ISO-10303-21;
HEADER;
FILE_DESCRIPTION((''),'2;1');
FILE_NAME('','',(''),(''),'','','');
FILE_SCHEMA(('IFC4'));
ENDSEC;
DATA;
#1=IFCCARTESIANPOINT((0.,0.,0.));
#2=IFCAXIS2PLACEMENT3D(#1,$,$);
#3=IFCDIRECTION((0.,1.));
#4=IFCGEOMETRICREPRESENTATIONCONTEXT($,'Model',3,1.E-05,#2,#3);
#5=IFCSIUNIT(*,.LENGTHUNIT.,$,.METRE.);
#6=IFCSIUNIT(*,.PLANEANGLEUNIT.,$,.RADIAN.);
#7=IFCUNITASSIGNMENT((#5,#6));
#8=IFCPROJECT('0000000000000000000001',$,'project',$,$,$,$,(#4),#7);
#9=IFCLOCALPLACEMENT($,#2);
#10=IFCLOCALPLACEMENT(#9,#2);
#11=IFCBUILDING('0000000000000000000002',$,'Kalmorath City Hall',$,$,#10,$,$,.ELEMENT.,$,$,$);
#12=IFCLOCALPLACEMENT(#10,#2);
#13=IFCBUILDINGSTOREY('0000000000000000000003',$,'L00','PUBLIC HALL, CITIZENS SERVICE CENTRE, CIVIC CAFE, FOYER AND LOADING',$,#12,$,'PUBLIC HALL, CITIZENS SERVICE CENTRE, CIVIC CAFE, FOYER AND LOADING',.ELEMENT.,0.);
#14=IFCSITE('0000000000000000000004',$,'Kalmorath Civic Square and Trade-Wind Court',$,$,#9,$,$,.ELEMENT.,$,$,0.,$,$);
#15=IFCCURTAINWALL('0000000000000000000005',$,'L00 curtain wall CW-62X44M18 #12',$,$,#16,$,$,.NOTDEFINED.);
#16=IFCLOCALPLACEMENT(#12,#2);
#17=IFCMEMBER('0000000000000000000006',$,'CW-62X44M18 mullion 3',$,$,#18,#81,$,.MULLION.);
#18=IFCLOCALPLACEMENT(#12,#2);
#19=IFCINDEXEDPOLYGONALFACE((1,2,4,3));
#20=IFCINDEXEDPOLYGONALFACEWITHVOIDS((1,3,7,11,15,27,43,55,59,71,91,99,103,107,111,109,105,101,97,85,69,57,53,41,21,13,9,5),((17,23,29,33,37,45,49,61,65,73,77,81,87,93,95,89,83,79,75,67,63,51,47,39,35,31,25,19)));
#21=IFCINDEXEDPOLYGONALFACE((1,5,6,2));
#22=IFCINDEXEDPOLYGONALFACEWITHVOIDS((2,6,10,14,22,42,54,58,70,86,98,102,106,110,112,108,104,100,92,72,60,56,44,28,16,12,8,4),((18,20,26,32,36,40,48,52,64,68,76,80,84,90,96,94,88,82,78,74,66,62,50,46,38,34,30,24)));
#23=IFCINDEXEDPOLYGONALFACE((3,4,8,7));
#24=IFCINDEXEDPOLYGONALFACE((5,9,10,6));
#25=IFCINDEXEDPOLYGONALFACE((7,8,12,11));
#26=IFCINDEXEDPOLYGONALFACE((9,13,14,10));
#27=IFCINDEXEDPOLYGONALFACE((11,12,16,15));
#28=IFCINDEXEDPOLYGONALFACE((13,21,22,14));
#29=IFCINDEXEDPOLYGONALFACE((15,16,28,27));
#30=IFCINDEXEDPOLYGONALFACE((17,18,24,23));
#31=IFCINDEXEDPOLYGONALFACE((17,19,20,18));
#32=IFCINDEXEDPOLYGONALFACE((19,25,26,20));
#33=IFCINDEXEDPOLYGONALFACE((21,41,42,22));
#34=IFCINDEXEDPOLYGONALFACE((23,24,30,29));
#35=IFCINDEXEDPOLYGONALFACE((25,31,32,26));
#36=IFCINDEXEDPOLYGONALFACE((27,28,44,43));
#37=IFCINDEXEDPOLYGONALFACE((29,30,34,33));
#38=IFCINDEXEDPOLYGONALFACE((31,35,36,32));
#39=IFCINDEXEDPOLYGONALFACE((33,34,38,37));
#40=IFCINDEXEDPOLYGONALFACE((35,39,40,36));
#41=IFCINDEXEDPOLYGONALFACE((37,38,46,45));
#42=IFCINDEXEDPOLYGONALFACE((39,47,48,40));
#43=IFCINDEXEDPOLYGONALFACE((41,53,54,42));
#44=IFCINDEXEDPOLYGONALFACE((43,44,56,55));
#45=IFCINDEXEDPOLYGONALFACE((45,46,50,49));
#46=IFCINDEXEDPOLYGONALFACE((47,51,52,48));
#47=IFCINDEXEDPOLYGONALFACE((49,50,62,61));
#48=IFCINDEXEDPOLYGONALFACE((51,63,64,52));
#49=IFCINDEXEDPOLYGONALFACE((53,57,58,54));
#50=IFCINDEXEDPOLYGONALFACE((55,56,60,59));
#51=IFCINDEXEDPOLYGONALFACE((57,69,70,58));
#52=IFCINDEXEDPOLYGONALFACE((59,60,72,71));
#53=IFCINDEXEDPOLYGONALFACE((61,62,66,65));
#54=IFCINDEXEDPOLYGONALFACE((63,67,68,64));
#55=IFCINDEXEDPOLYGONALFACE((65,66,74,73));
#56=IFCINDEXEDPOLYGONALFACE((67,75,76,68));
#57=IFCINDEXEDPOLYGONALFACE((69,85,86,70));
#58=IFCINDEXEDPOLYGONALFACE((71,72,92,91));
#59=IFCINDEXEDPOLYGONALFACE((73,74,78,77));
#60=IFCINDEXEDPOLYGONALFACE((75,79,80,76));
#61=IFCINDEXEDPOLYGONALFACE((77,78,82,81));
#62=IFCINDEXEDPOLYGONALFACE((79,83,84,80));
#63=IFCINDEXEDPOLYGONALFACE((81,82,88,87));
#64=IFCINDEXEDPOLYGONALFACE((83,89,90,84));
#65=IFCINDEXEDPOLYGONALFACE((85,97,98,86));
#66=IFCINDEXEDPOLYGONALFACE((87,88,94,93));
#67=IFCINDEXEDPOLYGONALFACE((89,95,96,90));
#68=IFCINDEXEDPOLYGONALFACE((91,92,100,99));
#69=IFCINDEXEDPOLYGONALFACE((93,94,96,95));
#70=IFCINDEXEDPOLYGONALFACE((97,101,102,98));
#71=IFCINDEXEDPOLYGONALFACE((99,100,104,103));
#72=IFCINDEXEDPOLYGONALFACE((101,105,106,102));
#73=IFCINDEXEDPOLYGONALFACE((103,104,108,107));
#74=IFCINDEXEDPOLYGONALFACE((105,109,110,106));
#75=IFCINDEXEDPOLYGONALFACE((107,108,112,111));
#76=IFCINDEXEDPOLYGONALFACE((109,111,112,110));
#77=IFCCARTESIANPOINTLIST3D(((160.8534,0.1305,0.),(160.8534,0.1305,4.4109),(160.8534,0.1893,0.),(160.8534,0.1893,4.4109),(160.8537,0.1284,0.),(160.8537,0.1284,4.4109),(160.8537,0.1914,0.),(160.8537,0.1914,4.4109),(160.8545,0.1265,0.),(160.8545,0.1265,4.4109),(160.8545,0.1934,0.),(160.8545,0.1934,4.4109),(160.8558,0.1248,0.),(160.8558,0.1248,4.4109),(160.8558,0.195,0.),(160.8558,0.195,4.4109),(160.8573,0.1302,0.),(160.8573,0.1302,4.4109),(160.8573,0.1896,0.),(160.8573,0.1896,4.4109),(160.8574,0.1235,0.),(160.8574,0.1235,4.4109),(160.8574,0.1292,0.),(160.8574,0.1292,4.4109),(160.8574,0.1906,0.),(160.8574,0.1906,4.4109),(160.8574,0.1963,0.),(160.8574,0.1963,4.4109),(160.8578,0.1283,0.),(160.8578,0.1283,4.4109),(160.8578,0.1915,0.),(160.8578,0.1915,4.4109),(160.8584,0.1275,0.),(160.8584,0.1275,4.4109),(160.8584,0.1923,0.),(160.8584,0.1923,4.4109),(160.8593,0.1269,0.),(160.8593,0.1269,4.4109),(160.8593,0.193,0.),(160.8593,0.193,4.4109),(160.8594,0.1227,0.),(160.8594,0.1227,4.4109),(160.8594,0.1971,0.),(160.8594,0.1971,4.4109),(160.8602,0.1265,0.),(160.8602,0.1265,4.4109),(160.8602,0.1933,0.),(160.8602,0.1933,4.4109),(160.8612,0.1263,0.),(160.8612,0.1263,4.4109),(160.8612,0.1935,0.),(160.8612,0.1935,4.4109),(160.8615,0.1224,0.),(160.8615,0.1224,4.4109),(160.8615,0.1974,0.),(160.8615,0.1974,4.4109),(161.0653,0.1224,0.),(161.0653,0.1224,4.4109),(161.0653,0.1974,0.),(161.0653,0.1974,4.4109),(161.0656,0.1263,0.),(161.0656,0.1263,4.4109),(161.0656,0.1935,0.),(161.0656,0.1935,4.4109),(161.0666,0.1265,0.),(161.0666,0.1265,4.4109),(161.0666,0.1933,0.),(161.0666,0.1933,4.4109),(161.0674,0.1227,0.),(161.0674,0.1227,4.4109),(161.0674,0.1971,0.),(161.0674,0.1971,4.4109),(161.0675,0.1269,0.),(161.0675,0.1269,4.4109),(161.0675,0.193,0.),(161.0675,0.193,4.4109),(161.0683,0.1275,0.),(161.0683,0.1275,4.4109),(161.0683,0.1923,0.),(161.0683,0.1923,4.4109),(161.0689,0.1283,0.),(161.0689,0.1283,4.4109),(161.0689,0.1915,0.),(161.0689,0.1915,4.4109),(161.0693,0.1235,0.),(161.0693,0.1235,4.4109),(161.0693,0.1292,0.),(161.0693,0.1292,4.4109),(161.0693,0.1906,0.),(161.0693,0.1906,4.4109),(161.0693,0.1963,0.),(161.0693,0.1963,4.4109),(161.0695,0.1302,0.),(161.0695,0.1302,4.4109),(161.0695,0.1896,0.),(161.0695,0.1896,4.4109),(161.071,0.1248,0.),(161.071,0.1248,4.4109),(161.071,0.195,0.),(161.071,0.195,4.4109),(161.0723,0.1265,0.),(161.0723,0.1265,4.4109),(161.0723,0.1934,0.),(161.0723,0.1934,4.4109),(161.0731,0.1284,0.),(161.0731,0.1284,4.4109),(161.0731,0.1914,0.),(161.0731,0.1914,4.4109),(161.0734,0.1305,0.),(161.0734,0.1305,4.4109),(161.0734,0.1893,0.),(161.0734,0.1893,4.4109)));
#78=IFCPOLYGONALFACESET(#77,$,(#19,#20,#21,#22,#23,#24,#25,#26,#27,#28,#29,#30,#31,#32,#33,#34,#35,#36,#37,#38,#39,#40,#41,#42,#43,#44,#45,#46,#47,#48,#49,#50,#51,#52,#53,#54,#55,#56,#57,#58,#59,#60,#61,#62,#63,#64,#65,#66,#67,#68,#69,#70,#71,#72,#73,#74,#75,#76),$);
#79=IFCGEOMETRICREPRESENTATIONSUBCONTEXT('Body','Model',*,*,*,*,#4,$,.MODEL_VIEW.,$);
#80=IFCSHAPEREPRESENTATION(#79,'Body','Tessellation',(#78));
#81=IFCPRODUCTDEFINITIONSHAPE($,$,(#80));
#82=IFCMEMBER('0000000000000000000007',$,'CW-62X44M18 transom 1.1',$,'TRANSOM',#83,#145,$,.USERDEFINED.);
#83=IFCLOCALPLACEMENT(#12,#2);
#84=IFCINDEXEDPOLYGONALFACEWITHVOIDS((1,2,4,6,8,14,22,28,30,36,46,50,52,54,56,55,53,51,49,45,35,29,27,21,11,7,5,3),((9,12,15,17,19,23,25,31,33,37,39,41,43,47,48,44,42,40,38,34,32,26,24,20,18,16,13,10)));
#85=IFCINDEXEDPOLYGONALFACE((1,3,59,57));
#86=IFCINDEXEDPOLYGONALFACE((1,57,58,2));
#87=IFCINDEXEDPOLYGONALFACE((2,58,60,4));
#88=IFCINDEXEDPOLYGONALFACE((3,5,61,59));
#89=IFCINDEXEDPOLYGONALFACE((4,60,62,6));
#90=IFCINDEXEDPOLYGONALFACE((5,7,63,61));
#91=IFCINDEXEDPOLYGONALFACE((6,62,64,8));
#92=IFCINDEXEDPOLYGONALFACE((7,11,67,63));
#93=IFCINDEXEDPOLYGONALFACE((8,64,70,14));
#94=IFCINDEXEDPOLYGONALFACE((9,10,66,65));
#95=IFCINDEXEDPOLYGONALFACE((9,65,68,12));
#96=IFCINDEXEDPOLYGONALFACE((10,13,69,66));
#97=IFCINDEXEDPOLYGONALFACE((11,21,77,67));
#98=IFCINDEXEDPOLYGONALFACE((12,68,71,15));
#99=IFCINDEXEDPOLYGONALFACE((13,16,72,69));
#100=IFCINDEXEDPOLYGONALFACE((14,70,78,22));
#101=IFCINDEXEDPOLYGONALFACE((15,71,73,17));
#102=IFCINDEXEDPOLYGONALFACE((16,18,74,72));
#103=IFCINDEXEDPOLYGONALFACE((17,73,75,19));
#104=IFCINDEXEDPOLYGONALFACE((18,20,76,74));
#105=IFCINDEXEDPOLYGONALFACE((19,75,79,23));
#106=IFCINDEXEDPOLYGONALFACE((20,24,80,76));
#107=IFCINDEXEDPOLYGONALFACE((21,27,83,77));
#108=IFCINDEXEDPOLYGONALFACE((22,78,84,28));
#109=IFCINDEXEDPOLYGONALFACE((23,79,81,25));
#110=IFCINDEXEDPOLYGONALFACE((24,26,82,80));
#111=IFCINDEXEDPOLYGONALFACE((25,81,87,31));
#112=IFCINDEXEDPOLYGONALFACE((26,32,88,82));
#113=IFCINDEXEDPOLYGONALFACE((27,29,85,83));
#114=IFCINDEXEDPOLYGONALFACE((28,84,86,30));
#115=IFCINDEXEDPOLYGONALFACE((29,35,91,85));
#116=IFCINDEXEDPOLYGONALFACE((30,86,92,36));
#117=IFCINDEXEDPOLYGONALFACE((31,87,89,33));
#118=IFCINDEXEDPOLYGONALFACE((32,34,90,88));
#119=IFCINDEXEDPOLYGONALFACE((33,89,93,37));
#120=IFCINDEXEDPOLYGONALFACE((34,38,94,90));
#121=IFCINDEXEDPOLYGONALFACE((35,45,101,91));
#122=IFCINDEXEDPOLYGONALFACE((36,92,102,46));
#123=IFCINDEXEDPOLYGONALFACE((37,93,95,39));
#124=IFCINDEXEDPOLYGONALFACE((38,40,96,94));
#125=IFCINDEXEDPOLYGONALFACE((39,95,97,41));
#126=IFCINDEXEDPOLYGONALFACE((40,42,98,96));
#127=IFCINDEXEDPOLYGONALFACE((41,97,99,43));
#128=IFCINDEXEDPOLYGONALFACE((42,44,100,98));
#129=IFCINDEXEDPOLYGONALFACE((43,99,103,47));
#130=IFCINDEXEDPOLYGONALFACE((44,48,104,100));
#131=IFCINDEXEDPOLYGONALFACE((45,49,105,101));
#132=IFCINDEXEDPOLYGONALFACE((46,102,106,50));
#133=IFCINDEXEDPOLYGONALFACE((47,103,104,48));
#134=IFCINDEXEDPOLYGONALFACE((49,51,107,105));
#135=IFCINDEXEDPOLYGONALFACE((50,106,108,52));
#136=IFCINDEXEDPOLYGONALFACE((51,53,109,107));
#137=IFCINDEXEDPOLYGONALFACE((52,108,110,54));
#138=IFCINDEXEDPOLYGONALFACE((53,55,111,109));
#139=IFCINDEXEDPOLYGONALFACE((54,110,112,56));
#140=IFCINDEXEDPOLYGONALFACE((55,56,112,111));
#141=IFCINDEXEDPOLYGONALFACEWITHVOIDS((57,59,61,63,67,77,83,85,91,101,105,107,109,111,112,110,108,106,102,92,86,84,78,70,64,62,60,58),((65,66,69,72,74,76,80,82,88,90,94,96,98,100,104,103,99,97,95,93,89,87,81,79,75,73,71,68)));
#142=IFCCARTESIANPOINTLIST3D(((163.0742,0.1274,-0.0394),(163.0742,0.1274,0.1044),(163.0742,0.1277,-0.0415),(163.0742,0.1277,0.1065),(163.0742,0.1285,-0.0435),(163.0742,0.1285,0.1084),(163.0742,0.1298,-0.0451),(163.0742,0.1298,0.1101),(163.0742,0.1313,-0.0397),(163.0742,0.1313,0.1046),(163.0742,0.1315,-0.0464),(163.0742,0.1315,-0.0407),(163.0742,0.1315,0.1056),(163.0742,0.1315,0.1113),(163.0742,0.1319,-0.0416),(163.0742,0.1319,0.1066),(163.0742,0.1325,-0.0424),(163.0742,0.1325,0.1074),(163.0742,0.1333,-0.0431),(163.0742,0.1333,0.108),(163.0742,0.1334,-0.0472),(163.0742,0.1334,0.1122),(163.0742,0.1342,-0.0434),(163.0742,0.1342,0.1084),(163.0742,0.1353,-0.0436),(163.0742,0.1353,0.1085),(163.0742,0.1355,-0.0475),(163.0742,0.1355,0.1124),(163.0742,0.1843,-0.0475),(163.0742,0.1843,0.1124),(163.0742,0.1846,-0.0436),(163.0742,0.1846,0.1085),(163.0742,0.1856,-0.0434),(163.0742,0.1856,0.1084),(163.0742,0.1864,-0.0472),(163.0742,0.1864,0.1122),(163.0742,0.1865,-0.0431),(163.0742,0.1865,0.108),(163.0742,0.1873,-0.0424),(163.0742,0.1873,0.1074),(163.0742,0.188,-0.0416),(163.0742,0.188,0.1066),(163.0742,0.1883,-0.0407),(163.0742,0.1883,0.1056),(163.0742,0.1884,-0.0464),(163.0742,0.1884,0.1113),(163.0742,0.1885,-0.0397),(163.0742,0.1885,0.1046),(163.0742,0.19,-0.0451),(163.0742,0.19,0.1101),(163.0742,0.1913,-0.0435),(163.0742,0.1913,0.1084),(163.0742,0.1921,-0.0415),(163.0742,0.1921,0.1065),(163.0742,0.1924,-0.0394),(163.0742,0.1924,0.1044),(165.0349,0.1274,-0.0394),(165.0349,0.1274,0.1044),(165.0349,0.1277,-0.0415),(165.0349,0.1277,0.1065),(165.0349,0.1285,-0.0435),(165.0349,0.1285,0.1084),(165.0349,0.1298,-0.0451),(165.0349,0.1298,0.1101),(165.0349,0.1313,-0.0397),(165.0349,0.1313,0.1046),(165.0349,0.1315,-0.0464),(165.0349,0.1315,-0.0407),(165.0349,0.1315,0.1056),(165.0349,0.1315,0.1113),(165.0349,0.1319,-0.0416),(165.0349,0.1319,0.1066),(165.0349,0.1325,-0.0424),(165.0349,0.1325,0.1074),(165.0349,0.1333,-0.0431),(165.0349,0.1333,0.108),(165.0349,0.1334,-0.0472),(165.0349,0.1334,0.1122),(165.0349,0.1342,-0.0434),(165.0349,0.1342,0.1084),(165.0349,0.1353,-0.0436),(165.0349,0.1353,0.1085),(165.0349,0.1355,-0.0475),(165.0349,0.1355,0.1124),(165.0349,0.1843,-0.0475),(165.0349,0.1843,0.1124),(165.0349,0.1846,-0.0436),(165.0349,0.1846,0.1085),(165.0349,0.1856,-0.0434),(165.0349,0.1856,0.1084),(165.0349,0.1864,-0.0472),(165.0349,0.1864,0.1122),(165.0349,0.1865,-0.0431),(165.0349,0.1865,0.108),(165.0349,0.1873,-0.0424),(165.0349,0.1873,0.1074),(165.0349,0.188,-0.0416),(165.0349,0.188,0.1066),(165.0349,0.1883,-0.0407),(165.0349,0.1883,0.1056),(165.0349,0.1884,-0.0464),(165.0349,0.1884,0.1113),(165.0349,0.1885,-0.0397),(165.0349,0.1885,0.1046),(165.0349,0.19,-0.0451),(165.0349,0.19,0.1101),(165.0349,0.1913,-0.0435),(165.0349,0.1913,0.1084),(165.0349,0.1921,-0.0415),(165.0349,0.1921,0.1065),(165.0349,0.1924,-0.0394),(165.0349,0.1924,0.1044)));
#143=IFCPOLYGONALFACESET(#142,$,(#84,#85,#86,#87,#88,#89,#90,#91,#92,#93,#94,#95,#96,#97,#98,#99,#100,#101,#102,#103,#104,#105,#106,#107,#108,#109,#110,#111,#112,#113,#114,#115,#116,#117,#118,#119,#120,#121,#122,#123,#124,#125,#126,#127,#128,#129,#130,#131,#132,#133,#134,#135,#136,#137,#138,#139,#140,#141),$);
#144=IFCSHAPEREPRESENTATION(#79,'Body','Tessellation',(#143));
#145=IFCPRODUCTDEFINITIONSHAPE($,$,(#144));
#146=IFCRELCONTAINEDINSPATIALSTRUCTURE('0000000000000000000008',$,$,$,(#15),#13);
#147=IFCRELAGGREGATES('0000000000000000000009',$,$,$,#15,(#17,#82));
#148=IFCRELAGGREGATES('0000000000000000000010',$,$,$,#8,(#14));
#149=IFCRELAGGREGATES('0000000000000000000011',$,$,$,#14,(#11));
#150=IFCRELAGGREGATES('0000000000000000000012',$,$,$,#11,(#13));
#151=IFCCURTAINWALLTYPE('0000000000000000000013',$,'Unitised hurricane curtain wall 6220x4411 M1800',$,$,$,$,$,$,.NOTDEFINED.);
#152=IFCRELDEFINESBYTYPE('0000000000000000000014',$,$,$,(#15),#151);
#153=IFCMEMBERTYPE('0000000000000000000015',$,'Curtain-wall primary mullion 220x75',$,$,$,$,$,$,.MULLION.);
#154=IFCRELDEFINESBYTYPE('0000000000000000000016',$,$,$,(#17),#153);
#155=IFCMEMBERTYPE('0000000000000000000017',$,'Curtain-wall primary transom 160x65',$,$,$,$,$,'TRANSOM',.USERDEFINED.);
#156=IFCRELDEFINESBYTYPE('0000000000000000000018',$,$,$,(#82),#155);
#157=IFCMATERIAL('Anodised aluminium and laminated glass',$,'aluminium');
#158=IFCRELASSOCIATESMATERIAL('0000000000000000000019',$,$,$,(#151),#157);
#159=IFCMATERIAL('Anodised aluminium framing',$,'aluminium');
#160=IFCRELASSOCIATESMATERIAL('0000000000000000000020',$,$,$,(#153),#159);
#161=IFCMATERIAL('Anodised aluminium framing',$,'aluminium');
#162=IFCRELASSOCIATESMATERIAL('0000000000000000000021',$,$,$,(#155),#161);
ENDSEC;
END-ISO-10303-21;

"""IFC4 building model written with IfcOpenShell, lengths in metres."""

from ifc_helpers import new_model, si_unit, direction, frame, origin, origin_2d, place, context, subcontext, project, spatial, hollow_rectangle, extrude, material, material_profile, profile_set, type_object, element, aggregate, save


model = new_model("IFC4")

# Units and contexts
model_context = context("Model", 3, precision=1e-05, world=origin(), true_north=direction((0.0, 1.0)))
body_context = subcontext(model_context, "Body", "Model", "MODEL_VIEW")
ifc_project = project(units=[si_unit("LENGTHUNIT", "METRE"), si_unit("PLANEANGLEUNIT", "RADIAN")], contexts=[model_context])

# Site, building, storey
site_placement = place(None, origin())
site = spatial("IfcSite", under=ifc_project, at=site_placement, Name="Kalmorath Civic Square and Trade-Wind Court", CompositionType="ELEMENT", RefElevation=0.0)
building_placement = place(site_placement, origin())
building = spatial("IfcBuilding", under=site, at=building_placement, Name="Kalmorath City Hall", CompositionType="ELEMENT")
storey_placement = place(building_placement, origin())
storey = spatial("IfcBuildingStorey", under=building, at=storey_placement, Name="L00", Description="PUBLIC HALL, CITIZENS SERVICE CENTRE, CIVIC CAFE, FOYER AND LOADING", LongName="PUBLIC HALL, CITIZENS SERVICE CENTRE, CIVIC CAFE, FOYER AND LOADING", CompositionType="ELEMENT", Elevation=0.0)

# Curtain wall, members
ifc_material_1 = material(Name="Anodised aluminium and laminated glass", Category="aluminium")
curtain_wall_type = type_object("IfcCurtainWallType", Name="Unitised hurricane curtain wall 6220x4411 M1800", PredefinedType="NOTDEFINED", material=ifc_material_1)
curtain_wall_placement = place(storey_placement, origin())
curtain_wall = element("IfcCurtainWall", 1, at=curtain_wall_placement, inside=storey, type_object=curtain_wall_type, Name="L00 curtain wall CW-62X44M18 #12", PredefinedType="NOTDEFINED")
ifc_material_2 = material(Name="Anodised aluminium framing", Category="aluminium")
ifc_material_profile_1 = material_profile(ifc_material_2, hollow_rectangle(XDim=0.075, YDim=0.22, WallThickness=0.0039, InnerFilletRadius=0.0039, OuterFilletRadius=0.0081, at=origin_2d()), Name="ALU-MUL-220X75X4")
ifc_profile_set_1 = profile_set([ifc_material_profile_1], Name="Anodised aluminium framing")
member_type_1 = type_object("IfcMemberType", Name="Curtain-wall primary mullion 220x75", PredefinedType="MULLION", material=ifc_profile_set_1)
member_1_placement = place(storey_placement, frame((160.9634, 0.1599, 0.0), z_axis=(0.0, 0.0, 1.0), x_axis=(0.0, -1.0, 0.0)))
member_1 = element("IfcMember", 2, at=member_1_placement, type_object=member_type_1, Name="CW-62X44M18 mullion 3", PredefinedType="MULLION", context=body_context, shape_type="SweptSolid", body=[
    extrude(hollow_rectangle(XDim=0.075, YDim=0.22, WallThickness=0.0039, InnerFilletRadius=0.0039, OuterFilletRadius=0.0081, at=origin_2d()), origin(), (0.0, 0.0, 1.0), 4.4109),
])
ifc_material_3 = material(Name="Anodised aluminium framing", Category="aluminium")
ifc_material_profile_2 = material_profile(ifc_material_3, hollow_rectangle(XDim=0.0649, YDim=0.1599, WallThickness=0.0039, InnerFilletRadius=0.0039, OuterFilletRadius=0.0081, at=origin_2d()), Name="ALU-TRN-160X65X4")
ifc_profile_set_2 = profile_set([ifc_material_profile_2], Name="Anodised aluminium framing")
member_type_2 = type_object("IfcMemberType", Name="Curtain-wall primary transom 160x65", ElementType="TRANSOM", PredefinedType="USERDEFINED", material=ifc_profile_set_2)
member_2_placement = place(storey_placement, frame((165.0349, 0.1599, 0.0325), z_axis=(-1.0, 0.0, 0.0), x_axis=(0.0, -1.0, 0.0)))
member_2 = element("IfcMember", 3, at=member_2_placement, type_object=member_type_2, Name="CW-62X44M18 transom 1.1", ObjectType="TRANSOM", PredefinedType="USERDEFINED", context=body_context, shape_type="SweptSolid", body=[
    extrude(hollow_rectangle(XDim=0.0649, YDim=0.1599, WallThickness=0.0039, InnerFilletRadius=0.0039, OuterFilletRadius=0.0081, at=origin_2d()), origin(), (0.0, 0.0, 1.0), 1.9607),
])
aggregate(curtain_wall, [member_1, member_2])

save(model, "model.ifc")
